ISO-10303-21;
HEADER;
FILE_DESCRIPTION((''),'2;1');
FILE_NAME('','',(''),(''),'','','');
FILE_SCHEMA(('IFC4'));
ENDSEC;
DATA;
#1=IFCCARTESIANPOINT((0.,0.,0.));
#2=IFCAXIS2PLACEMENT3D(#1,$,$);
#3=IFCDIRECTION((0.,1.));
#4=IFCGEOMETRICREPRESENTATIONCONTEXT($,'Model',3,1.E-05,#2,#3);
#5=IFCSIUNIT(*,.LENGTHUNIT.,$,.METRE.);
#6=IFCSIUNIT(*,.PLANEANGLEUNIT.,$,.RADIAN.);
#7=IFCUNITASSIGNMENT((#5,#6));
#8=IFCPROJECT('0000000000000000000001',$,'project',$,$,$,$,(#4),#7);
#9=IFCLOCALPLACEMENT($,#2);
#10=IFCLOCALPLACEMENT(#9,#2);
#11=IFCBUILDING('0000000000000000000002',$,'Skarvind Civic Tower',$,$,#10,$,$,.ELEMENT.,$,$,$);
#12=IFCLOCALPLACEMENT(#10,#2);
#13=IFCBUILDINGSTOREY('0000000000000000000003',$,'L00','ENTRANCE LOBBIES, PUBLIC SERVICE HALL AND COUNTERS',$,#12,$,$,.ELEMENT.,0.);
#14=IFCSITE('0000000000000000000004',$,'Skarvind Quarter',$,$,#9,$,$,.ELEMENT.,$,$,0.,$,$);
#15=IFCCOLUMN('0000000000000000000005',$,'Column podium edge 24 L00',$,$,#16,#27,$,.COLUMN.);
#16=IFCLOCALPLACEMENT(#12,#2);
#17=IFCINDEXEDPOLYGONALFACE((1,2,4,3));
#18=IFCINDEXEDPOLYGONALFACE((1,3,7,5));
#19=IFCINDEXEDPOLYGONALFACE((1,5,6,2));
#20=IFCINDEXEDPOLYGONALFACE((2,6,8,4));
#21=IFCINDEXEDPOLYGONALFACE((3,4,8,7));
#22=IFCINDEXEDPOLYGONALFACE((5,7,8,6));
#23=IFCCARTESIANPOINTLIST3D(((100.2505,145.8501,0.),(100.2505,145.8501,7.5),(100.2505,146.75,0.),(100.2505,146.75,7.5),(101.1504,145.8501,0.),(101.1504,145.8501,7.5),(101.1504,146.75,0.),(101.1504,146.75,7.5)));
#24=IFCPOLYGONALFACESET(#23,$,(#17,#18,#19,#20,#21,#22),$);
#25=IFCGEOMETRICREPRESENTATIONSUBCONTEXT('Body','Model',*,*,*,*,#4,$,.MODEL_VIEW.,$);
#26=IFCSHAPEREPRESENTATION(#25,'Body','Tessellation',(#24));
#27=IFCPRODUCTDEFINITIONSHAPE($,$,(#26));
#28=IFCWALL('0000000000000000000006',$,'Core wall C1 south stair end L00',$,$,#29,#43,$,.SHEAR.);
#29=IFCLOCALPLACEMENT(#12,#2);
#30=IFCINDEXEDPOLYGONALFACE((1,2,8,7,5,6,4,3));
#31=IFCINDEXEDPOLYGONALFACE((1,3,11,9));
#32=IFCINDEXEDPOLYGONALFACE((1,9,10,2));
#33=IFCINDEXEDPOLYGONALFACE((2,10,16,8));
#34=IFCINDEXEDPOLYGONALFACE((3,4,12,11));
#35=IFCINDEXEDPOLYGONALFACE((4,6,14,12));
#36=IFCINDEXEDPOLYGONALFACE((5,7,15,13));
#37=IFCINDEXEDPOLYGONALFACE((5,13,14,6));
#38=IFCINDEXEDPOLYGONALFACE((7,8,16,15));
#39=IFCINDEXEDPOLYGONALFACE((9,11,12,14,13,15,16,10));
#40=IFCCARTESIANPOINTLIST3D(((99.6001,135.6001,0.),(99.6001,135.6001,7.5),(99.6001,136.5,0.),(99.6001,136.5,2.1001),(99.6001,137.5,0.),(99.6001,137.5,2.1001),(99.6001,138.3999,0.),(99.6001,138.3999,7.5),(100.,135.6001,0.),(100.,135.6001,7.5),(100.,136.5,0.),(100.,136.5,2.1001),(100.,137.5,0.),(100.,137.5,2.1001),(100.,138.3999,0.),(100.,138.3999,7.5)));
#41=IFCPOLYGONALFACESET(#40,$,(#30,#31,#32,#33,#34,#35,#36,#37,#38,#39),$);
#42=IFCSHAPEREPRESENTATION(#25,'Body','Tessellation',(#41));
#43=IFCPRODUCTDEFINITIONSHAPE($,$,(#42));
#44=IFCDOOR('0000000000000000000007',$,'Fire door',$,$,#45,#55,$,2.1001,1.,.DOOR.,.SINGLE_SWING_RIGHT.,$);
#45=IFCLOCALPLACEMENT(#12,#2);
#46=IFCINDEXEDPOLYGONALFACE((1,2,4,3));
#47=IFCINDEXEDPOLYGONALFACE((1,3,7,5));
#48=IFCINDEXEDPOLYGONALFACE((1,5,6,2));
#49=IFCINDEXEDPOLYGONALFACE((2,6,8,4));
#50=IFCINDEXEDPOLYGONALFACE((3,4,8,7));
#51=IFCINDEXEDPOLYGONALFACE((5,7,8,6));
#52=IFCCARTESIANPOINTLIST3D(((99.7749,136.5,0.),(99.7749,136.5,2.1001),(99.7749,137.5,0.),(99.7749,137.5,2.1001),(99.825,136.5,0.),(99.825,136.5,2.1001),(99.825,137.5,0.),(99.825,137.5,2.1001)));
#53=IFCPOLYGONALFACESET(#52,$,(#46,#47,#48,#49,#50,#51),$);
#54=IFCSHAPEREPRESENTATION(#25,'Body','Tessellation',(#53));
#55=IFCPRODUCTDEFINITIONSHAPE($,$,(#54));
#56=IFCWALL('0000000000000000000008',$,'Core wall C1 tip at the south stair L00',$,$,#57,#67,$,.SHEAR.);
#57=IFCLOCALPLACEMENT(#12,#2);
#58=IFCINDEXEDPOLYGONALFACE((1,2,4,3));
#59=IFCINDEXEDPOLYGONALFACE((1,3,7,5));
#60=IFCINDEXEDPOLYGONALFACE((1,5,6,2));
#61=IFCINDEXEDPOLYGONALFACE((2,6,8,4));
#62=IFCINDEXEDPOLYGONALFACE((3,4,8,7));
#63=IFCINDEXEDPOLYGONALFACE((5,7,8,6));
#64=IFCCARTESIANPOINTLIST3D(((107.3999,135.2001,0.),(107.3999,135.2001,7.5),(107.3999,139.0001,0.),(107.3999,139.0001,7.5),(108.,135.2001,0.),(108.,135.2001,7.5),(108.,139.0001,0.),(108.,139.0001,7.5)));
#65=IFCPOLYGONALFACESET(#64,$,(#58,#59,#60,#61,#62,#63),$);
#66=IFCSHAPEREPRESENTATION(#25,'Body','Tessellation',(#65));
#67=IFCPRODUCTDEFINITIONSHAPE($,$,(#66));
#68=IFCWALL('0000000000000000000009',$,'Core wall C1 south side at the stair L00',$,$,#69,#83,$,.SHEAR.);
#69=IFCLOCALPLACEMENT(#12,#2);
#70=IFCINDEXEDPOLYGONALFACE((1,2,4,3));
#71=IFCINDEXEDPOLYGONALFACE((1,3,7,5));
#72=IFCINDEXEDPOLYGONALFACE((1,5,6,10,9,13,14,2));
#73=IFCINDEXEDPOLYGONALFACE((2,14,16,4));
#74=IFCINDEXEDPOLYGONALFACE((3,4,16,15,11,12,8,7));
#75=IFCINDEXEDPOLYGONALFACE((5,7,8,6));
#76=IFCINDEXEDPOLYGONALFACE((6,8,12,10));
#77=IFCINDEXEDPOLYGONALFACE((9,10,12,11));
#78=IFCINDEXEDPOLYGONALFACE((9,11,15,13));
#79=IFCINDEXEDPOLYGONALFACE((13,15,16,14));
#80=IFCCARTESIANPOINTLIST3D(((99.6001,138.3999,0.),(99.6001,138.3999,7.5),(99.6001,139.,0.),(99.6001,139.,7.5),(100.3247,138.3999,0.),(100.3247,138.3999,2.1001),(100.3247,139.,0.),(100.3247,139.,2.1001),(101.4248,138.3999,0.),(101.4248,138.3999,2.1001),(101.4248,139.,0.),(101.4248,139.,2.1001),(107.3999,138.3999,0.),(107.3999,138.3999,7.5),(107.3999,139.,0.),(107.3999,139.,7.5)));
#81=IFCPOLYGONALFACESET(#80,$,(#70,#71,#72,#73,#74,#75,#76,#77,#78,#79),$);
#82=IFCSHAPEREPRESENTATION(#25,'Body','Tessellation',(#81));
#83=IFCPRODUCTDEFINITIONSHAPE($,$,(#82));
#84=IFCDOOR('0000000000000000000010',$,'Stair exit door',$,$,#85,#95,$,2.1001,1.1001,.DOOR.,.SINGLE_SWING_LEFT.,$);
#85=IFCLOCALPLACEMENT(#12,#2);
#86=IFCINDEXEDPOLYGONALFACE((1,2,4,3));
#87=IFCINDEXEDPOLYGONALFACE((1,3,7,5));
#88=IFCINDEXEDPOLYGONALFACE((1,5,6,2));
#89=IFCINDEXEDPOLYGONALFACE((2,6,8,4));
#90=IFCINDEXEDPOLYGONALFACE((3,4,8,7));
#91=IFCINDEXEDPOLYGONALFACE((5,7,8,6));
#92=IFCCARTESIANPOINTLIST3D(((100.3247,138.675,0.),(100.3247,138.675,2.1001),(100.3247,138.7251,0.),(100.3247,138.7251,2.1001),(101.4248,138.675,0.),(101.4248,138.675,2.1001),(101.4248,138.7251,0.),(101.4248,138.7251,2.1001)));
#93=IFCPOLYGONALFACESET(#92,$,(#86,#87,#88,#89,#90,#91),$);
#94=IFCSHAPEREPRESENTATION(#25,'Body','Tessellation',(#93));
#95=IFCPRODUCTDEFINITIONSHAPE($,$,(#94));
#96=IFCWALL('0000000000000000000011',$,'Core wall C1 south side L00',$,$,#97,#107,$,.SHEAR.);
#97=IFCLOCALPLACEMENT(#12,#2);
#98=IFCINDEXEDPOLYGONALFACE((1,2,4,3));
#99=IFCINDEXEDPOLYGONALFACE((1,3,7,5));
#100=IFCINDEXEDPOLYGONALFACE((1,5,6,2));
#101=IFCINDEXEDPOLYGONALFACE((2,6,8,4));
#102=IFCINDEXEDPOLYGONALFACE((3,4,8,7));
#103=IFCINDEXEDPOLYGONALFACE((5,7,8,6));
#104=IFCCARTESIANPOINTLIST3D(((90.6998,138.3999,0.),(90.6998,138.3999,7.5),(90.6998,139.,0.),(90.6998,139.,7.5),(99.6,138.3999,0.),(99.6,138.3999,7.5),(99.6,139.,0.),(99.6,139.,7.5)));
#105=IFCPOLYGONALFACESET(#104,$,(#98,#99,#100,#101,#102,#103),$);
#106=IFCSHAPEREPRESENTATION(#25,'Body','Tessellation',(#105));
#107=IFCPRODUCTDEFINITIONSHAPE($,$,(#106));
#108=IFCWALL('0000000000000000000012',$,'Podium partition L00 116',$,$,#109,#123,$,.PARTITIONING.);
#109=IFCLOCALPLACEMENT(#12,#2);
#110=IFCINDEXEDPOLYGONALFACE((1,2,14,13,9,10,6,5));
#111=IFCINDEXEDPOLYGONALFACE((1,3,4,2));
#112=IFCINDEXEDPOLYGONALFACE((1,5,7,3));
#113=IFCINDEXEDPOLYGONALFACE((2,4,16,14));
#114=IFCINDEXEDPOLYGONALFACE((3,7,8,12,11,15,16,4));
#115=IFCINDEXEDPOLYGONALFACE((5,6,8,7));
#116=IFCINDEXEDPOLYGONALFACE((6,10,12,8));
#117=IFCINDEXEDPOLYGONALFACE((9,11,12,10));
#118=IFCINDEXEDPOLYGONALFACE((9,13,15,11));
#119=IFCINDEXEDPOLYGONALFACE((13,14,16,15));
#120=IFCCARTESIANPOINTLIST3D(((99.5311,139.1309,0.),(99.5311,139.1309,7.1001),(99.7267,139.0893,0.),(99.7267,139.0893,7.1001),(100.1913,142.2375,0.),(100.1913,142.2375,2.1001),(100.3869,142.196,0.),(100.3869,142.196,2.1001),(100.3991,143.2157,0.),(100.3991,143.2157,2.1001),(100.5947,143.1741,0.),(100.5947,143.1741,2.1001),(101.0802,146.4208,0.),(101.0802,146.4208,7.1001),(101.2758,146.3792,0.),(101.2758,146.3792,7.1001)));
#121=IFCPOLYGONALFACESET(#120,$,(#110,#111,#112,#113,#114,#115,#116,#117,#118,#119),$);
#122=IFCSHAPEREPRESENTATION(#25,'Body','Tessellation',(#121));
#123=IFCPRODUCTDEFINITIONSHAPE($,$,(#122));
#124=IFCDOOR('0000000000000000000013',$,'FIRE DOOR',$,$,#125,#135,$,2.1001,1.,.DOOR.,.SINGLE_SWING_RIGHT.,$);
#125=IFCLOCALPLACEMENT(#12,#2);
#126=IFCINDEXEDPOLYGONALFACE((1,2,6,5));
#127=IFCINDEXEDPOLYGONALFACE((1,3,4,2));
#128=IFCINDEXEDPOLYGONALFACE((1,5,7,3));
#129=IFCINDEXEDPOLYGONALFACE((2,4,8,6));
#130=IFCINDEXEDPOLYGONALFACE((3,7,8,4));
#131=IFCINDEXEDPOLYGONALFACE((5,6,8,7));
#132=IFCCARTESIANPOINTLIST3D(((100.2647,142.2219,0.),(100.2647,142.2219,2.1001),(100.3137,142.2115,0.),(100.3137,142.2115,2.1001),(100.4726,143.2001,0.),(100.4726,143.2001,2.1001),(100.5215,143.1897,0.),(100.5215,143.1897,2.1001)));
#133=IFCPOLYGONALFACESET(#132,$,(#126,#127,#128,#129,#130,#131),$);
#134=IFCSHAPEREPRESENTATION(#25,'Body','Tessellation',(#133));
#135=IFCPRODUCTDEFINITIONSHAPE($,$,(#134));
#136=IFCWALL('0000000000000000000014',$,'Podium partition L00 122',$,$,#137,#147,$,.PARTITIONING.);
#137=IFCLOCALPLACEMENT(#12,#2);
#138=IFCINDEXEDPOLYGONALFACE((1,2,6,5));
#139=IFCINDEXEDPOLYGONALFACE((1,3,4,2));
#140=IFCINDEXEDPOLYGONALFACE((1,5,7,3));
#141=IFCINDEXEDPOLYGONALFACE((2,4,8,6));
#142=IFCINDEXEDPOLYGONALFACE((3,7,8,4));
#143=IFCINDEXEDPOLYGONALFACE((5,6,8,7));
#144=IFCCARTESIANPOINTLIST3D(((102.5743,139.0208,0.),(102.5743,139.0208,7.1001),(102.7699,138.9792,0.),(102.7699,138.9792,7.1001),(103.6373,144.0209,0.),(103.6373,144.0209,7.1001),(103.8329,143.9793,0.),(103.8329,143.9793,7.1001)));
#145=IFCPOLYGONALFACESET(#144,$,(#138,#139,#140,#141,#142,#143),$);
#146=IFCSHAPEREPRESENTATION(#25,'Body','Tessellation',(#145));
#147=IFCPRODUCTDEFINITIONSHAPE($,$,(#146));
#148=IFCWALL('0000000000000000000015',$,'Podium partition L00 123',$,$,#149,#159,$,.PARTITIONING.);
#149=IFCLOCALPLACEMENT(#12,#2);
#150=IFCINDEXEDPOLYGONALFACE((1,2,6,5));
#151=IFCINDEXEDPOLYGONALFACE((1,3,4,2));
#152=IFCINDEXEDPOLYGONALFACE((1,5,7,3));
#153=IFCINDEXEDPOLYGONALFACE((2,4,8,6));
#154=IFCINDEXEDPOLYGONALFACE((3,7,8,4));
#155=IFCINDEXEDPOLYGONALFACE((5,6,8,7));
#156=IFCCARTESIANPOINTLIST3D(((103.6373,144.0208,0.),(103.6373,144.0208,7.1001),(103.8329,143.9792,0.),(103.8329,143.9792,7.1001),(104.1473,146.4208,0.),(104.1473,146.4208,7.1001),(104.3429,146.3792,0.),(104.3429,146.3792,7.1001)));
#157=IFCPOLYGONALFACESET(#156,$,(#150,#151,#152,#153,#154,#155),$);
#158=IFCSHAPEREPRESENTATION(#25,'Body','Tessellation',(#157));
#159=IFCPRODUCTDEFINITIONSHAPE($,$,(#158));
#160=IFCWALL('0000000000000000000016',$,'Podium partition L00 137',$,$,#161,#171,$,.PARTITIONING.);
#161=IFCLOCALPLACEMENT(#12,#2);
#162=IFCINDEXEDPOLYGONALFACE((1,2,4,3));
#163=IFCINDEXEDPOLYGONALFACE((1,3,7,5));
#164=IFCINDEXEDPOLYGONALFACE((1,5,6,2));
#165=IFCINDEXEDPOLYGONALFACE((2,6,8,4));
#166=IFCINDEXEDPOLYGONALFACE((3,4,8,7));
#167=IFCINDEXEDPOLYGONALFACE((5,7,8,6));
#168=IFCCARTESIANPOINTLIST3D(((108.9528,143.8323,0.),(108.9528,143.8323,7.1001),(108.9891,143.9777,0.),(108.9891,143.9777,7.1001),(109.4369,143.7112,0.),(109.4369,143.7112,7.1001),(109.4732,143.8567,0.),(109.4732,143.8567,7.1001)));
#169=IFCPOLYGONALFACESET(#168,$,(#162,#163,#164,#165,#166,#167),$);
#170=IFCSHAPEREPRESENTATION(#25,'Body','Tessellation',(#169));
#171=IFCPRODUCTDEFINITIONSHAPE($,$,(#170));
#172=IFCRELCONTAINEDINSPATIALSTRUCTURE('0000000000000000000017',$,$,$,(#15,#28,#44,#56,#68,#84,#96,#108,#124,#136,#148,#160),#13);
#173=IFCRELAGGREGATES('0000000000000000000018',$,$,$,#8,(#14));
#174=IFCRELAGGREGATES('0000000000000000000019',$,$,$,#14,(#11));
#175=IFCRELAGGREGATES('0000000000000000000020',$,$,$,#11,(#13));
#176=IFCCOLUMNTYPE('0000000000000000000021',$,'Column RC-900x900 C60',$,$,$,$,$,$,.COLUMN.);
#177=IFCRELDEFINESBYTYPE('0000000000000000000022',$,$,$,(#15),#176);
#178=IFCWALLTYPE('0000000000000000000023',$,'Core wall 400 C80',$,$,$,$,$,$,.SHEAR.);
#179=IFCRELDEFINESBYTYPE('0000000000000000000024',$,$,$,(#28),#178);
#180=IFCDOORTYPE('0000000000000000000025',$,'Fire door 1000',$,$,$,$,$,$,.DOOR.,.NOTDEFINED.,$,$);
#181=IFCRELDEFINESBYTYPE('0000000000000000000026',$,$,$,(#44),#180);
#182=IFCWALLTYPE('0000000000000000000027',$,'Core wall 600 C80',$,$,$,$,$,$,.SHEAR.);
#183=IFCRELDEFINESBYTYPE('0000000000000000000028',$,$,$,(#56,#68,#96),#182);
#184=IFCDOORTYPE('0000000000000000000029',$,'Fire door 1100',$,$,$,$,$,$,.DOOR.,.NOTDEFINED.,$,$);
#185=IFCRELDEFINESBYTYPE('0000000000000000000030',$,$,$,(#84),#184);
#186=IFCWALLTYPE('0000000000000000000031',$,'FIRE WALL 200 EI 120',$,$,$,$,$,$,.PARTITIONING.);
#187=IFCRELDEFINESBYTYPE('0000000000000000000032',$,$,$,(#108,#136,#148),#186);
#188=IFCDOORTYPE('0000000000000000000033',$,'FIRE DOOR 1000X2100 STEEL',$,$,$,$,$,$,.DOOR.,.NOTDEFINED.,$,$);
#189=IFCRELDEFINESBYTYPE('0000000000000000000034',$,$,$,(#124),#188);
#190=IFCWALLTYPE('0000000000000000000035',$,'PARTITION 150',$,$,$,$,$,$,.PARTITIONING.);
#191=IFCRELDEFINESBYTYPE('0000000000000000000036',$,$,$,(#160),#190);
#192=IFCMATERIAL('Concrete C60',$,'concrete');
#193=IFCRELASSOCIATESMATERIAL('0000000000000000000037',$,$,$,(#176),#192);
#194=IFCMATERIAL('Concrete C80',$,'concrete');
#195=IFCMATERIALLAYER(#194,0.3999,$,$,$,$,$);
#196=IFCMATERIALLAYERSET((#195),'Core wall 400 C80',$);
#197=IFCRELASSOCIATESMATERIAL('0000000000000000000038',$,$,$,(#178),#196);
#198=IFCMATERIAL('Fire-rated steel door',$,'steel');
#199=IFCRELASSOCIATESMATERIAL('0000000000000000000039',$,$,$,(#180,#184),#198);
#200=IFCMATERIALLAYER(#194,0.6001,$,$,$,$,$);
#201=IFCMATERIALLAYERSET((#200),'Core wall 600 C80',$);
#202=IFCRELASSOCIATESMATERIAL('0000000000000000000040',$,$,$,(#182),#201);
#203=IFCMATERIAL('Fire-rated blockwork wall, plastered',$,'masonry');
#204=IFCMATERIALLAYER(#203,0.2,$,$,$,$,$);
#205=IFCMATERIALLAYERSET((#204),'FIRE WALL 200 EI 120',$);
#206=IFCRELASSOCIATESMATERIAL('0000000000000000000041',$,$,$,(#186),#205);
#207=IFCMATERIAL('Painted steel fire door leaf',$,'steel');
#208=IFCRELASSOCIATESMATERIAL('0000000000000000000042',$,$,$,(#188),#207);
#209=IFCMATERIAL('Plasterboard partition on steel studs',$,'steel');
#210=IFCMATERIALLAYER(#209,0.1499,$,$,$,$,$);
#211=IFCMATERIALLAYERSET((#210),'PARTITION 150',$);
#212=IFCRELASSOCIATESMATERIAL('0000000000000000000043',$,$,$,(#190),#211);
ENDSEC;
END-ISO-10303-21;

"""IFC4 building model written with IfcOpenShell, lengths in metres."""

from ifc_helpers import new_model, si_unit, direction, frame, frame_2d, origin, origin_2d, place, context, subcontext, project, spatial, rectangle, extrude, material, layer, layer_set, material_profile, profile_set, type_object, element, fill, save


model = new_model("IFC4")

# Units and contexts
model_context = context("Model", 3, precision=1e-05, world=origin(), true_north=direction((0.0, 1.0)))
body_context = subcontext(model_context, "Body", "Model", "MODEL_VIEW")
ifc_project = project(units=[si_unit("LENGTHUNIT", "METRE"), si_unit("PLANEANGLEUNIT", "RADIAN")], contexts=[model_context])

# Site, building, storey
site_placement = place(None, origin())
site = spatial("IfcSite", under=ifc_project, at=site_placement, Name="Skarvind Quarter", CompositionType="ELEMENT", RefElevation=0.0)
building_placement = place(site_placement, origin())
building = spatial("IfcBuilding", under=site, at=building_placement, Name="Skarvind Civic Tower", CompositionType="ELEMENT")
storey_placement = place(building_placement, origin())
storey = spatial("IfcBuildingStorey", under=building, at=storey_placement, Name="L00", Description="ENTRANCE LOBBIES, PUBLIC SERVICE HALL AND COUNTERS", CompositionType="ELEMENT", Elevation=0.0)

# Column
ifc_material_1 = material(Name="Concrete C60", Category="concrete")
ifc_material_profile = material_profile(ifc_material_1, rectangle(XDim=0.8999, YDim=0.8999, at=origin_2d()), Name="RC-900x900")
ifc_profile_set = profile_set([ifc_material_profile], Name="Concrete C60")
column_type = type_object("IfcColumnType", Name="Column RC-900x900 C60", PredefinedType="COLUMN", material=ifc_profile_set)
column_placement = place(storey_placement, frame((100.7004, 146.3, 0.0), z_axis=(0.0, 0.0, 1.0), x_axis=(1.0, 0.0, 0.0)))
element("IfcColumn", 1, at=column_placement, inside=storey, type_object=column_type, Name="Column podium edge 24 L00", PredefinedType="COLUMN", context=body_context, shape_type="SweptSolid", body=[
    extrude(rectangle(XDim=0.8999, YDim=0.8999, at=origin_2d()), origin(), (0.0, 0.0, 1.0), 7.5),
])

# Wall, opening, door
ifc_material_2 = material(Name="Concrete C80", Category="concrete")
ifc_layer_1 = layer(ifc_material_2, 0.3999)
ifc_layer_set_1 = layer_set([ifc_layer_1], Name="Core wall 400 C80")
wall_type_1 = type_object("IfcWallType", Name="Core wall 400 C80", PredefinedType="SHEAR", material=ifc_layer_set_1)
wall_1_placement = place(storey_placement, frame((99.8, 138.3999, 0.0), z_axis=(0.0, 0.0, 1.0), x_axis=(0.0, -1.0, 0.0)))
wall_1 = element("IfcWall", 2, at=wall_1_placement, inside=storey, type_object=wall_type_1, Name="Core wall C1 south stair end L00", PredefinedType="SHEAR", context=body_context, shape_type="SweptSolid", body=[
    extrude(rectangle(XDim=2.7998, YDim=0.3999, at=frame_2d((1.3999, 0.0))), origin(), (0.0, 0.0, 1.0), 7.5),
])
opening_1_placement = place(wall_1_placement, frame((0.8999, 0.0, 0.0)))
opening_1 = element("IfcOpeningElement", 3, at=opening_1_placement, cuts=wall_1, PredefinedType="OPENING", context=body_context, shape_type="SweptSolid", body=[
    extrude(rectangle(XDim=1.0, YDim=2.1001, at=frame_2d((0.5, 1.05))), frame((0.0, 0.21, 0.0), z_axis=(0.0, -1.0, 0.0), x_axis=(1.0, 0.0, 0.0)), (0.0, 0.0, 1.0), 0.4199),
])
ifc_material_3 = material(Name="Fire-rated steel door", Category="steel")
door_type_1 = type_object("IfcDoorType", Name="Fire door 1000", OperationType="NOTDEFINED", PredefinedType="DOOR", material=ifc_material_3)
door_1_placement = place(opening_1_placement, origin())
door_1 = element("IfcDoor", 4, at=door_1_placement, inside=storey, type_object=door_type_1, Name="Fire door", OperationType="SINGLE_SWING_RIGHT", OverallHeight=2.1001, OverallWidth=1.0, PredefinedType="DOOR", context=body_context, shape_type="SweptSolid", body=[
    extrude(rectangle(XDim=1.0, YDim=2.1001, at=frame_2d((0.5, 1.05))), frame((0.0, 0.0249, 0.0), z_axis=(0.0, -1.0, 0.0), x_axis=(1.0, 0.0, 0.0)), (0.0, 0.0, 1.0), 0.05),
])
fill(opening_1, door_1)

# Wall
ifc_layer_2 = layer(ifc_material_2, 0.6001)
ifc_layer_set_2 = layer_set([ifc_layer_2], Name="Core wall 600 C80")
wall_type_2 = type_object("IfcWallType", Name="Core wall 600 C80", PredefinedType="SHEAR", material=ifc_layer_set_2)
wall_2_placement = place(storey_placement, frame((107.7, 139.0, 0.0), z_axis=(0.0, 0.0, 1.0), x_axis=(0.0, -1.0, 0.0)))
element("IfcWall", 5, at=wall_2_placement, inside=storey, type_object=wall_type_2, Name="Core wall C1 tip at the south stair L00", PredefinedType="SHEAR", context=body_context, shape_type="SweptSolid", body=[
    extrude(rectangle(XDim=3.8, YDim=0.6001, at=frame_2d((1.8999, 0.0))), origin(), (0.0, 0.0, 1.0), 7.5),
])

# Wall, opening, door
wall_3_placement = place(storey_placement, frame((107.3999, 138.7, 0.0), z_axis=(0.0, 0.0, 1.0), x_axis=(-1.0, 0.0, 0.0)))
wall_3 = element("IfcWall", 6, at=wall_3_placement, inside=storey, type_object=wall_type_2, Name="Core wall C1 south side at the stair L00", PredefinedType="SHEAR", context=body_context, shape_type="SweptSolid", body=[
    extrude(rectangle(XDim=7.7998, YDim=0.6001, at=frame_2d((3.8999, 0.0))), origin(), (0.0, 0.0, 1.0), 7.5),
])
opening_2_placement = place(wall_3_placement, frame((5.9751, 0.0, 0.0)))
opening_2 = element("IfcOpeningElement", 7, at=opening_2_placement, cuts=wall_3, PredefinedType="OPENING", context=body_context, shape_type="SweptSolid", body=[
    extrude(rectangle(XDim=1.1001, YDim=2.1001, at=frame_2d((0.55, 1.05))), frame((0.0, 0.3101, 0.0), z_axis=(0.0, -1.0, 0.0), x_axis=(1.0, 0.0, 0.0)), (0.0, 0.0, 1.0), 0.6201),
])
door_type_2 = type_object("IfcDoorType", Name="Fire door 1100", OperationType="NOTDEFINED", PredefinedType="DOOR", material=ifc_material_3)
door_2_placement = place(opening_2_placement, origin())
door_2 = element("IfcDoor", 8, at=door_2_placement, inside=storey, type_object=door_type_2, Name="Stair exit door", OperationType="SINGLE_SWING_LEFT", OverallHeight=2.1001, OverallWidth=1.1001, PredefinedType="DOOR", context=body_context, shape_type="SweptSolid", body=[
    extrude(rectangle(XDim=1.1001, YDim=2.1001, at=frame_2d((0.55, 1.05))), frame((0.0, 0.0249, 0.0), z_axis=(0.0, -1.0, 0.0), x_axis=(1.0, 0.0, 0.0)), (0.0, 0.0, 1.0), 0.05),
])
fill(opening_2, door_2)

# Wall
wall_4_placement = place(storey_placement, frame((99.6001, 138.7, 0.0), z_axis=(0.0, 0.0, 1.0), x_axis=(-1.0, 0.0, 0.0)))
element("IfcWall", 9, at=wall_4_placement, inside=storey, type_object=wall_type_2, Name="Core wall C1 south side L00", PredefinedType="SHEAR", context=body_context, shape_type="SweptSolid", body=[
    extrude(rectangle(XDim=8.9001, YDim=0.6001, at=frame_2d((4.4502, 0.0))), origin(), (0.0, 0.0, 1.0), 7.5),
])

# Wall, opening, door
ifc_material_4 = material(Name="Fire-rated blockwork wall, plastered", Category="masonry")
ifc_layer_3 = layer(ifc_material_4, 0.2)
ifc_layer_set_3 = layer_set([ifc_layer_3], Name="FIRE WALL 200 EI 120")
wall_type_3 = type_object("IfcWallType", Name="FIRE WALL 200 EI 120", PredefinedType="PARTITIONING", material=ifc_layer_set_3)
wall_5_placement = place(storey_placement, frame((99.6289, 139.1101, 0.0), z_axis=(0.0, 0.0, 1.0), x_axis=(0.207858, 0.978159, 0.0)))
wall_5 = element("IfcWall", 10, at=wall_5_placement, inside=storey, type_object=wall_type_3, Name="Podium partition L00 116", PredefinedType="PARTITIONING", context=body_context, shape_type="SweptSolid", body=[
    extrude(rectangle(XDim=7.4526, YDim=0.2, at=frame_2d((3.7263, 0.0))), origin(), (0.0, 0.0, 1.0), 7.1001),
])
opening_3_placement = place(wall_5_placement, frame((3.176, 0.0, 0.0)))
opening_3 = element("IfcOpeningElement", 11, at=opening_3_placement, cuts=wall_5, PredefinedType="OPENING", context=body_context, shape_type="SweptSolid", body=[
    extrude(rectangle(XDim=1.0, YDim=2.1001, at=frame_2d((0.5, 1.05))), frame((0.0, 0.1099, 0.0), z_axis=(0.0, -1.0, 0.0), x_axis=(1.0, 0.0, 0.0)), (0.0, 0.0, 1.0), 0.22),
])
ifc_material_5 = material(Name="Painted steel fire door leaf", Category="steel")
door_type_3 = type_object("IfcDoorType", Name="FIRE DOOR 1000X2100 STEEL", OperationType="NOTDEFINED", PredefinedType="DOOR", material=ifc_material_5)
door_3_placement = place(opening_3_placement, origin())
door_3 = element("IfcDoor", 12, at=door_3_placement, inside=storey, type_object=door_type_3, Name="FIRE DOOR", OperationType="SINGLE_SWING_RIGHT", OverallHeight=2.1001, OverallWidth=1.0, PredefinedType="DOOR", context=body_context, shape_type="SweptSolid", body=[
    extrude(rectangle(XDim=1.0, YDim=2.1001, at=frame_2d((0.5, 1.05))), frame((0.0, 0.0249, 0.0), z_axis=(0.0, -1.0, 0.0), x_axis=(1.0, 0.0, 0.0)), (0.0, 0.0, 1.0), 0.05),
])
fill(opening_3, door_3)

# Walls
wall_6_placement = place(storey_placement, frame((102.6721, 139.0, 0.0), z_axis=(0.0, 0.0, 1.0), x_axis=(0.20795, 0.978139, 0.0)))
element("IfcWall", 13, at=wall_6_placement, inside=storey, type_object=wall_type_3, Name="Podium partition L00 122", PredefinedType="PARTITIONING", context=body_context, shape_type="SweptSolid", body=[
    extrude(rectangle(XDim=5.1118, YDim=0.2, at=frame_2d((2.5559, 0.0))), origin(), (0.0, 0.0, 1.0), 7.1001),
])
wall_7_placement = place(storey_placement, frame((103.7351, 144.0, 0.0), z_axis=(0.0, 0.0, 1.0), x_axis=(0.207871, 0.978156, 0.0)))
element("IfcWall", 14, at=wall_7_placement, inside=storey, type_object=wall_type_3, Name="Podium partition L00 123", PredefinedType="PARTITIONING", context=body_context, shape_type="SweptSolid", body=[
    extrude(rectangle(XDim=2.4536, YDim=0.2, at=frame_2d((1.2268, 0.0))), origin(), (0.0, 0.0, 1.0), 7.1001),
])
ifc_material_6 = material(Name="Plasterboard partition on steel studs", Category="steel")
ifc_layer_4 = layer(ifc_material_6, 0.1499)
ifc_layer_set_4 = layer_set([ifc_layer_4], Name="PARTITION 150")
wall_type_4 = type_object("IfcWallType", Name="PARTITION 150", PredefinedType="PARTITIONING", material=ifc_layer_set_4)
wall_8_placement = place(storey_placement, frame((108.9709, 143.905, 0.0), z_axis=(0.0, 0.0, 1.0), x_axis=(0.970114, -0.242651, 0.0)))
element("IfcWall", 15, at=wall_8_placement, inside=storey, type_object=wall_type_4, Name="Podium partition L00 137", PredefinedType="PARTITIONING", context=body_context, shape_type="SweptSolid", body=[
    extrude(rectangle(XDim=0.499, YDim=0.1499, at=frame_2d((0.2495, 0.0))), origin(), (0.0, 0.0, 1.0), 7.1001),
])

save(model, "model.ifc")
